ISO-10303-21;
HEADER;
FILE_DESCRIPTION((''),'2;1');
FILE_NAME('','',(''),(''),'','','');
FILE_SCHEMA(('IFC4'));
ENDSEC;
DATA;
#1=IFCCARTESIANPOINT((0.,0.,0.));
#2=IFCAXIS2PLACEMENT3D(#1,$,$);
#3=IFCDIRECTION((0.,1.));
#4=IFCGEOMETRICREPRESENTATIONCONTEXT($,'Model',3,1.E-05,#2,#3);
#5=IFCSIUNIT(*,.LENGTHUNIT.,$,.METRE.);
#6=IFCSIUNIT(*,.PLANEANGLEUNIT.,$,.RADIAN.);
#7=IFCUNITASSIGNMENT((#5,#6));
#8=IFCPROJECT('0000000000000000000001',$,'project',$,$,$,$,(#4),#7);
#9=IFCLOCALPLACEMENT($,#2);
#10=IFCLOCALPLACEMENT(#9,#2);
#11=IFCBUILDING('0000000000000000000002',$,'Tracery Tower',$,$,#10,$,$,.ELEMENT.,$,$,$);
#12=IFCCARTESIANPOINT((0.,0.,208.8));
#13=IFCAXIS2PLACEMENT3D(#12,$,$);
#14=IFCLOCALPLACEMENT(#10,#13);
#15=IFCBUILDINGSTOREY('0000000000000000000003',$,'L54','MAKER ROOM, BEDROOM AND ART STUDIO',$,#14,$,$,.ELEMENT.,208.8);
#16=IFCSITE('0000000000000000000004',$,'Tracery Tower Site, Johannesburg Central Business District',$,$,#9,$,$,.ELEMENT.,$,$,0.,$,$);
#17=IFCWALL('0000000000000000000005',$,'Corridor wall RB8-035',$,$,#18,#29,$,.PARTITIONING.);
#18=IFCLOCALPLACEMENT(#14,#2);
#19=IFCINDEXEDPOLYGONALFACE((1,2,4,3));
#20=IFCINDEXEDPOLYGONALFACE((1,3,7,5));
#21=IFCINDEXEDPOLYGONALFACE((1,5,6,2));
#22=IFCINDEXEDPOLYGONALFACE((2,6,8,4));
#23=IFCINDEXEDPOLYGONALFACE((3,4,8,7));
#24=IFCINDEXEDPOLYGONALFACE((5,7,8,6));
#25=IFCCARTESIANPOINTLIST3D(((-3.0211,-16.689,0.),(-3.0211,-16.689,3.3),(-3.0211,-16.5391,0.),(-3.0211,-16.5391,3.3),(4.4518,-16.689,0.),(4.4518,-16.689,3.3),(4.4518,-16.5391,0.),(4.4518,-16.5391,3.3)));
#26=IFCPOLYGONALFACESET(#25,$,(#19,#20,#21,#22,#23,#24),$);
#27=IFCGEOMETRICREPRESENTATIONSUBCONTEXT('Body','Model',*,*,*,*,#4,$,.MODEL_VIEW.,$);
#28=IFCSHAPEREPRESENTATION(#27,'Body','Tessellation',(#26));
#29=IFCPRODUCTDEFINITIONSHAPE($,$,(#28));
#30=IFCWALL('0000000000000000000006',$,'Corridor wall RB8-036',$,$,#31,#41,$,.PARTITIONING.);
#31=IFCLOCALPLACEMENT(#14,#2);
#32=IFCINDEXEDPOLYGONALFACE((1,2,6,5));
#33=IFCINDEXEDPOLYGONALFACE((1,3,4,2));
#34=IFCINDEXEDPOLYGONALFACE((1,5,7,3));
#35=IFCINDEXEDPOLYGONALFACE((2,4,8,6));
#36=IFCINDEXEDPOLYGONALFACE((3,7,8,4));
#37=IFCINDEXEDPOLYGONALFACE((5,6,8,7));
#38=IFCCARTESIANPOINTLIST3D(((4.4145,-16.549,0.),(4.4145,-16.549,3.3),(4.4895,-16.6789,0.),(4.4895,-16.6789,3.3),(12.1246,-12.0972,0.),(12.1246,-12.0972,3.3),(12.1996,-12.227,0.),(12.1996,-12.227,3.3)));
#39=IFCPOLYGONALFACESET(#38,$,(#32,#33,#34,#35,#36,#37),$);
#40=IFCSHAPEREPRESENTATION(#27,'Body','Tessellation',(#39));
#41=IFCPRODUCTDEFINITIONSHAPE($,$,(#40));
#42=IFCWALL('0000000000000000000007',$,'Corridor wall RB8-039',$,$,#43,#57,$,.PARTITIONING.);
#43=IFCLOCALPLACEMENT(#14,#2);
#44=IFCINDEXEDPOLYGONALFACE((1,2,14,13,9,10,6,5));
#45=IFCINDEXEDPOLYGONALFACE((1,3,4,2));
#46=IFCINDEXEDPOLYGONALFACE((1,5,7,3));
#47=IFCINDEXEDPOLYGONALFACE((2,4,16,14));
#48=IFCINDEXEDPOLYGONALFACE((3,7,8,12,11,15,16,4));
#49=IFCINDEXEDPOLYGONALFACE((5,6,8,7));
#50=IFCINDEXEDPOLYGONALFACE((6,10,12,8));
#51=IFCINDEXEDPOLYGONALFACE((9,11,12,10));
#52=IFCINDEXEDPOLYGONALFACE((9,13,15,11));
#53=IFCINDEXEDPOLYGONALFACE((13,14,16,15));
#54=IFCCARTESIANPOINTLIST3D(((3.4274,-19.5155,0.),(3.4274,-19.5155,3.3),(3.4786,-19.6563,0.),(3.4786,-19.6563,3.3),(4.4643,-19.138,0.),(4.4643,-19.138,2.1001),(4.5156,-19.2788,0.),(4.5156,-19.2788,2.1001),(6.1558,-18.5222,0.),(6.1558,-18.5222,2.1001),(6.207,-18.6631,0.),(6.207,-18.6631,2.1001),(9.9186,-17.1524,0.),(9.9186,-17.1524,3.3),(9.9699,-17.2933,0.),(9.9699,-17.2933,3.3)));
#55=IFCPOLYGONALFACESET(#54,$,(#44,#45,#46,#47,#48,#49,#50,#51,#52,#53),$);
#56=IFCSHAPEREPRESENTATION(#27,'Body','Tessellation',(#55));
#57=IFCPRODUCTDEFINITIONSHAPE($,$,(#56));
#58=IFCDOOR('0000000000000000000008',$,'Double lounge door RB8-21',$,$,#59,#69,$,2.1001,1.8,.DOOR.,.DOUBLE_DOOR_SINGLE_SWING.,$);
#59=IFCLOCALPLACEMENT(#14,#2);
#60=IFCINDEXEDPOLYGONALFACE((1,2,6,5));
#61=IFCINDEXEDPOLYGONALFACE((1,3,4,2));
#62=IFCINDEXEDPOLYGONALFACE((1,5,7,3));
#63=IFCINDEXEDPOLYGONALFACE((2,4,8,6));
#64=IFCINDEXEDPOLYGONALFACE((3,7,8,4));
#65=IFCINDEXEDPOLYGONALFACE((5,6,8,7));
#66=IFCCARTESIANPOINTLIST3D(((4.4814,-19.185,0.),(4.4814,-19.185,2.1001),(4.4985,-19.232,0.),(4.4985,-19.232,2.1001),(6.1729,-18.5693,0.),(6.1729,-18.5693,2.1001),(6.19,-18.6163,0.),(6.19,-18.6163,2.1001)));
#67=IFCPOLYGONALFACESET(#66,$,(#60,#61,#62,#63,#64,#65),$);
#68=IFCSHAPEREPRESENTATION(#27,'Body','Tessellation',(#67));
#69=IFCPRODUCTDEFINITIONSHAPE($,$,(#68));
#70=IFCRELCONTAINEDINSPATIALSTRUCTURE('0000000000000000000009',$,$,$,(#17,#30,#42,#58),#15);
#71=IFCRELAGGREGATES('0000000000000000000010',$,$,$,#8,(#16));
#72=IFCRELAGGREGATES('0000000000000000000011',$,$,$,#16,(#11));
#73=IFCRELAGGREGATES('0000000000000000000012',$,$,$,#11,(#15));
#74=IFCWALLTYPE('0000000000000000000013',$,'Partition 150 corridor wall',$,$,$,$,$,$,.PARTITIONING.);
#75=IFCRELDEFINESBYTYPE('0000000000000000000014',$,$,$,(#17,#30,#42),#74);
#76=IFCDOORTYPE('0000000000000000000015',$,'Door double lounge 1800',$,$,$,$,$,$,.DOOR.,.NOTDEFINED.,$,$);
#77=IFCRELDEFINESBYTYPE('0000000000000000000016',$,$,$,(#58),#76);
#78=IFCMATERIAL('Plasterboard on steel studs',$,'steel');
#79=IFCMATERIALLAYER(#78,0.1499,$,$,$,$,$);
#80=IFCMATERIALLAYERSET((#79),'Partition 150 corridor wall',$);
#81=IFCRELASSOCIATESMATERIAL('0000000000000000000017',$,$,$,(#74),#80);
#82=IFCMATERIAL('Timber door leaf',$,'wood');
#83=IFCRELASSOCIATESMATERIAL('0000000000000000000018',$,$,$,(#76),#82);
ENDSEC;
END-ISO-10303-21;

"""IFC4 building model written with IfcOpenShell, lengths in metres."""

from ifc_helpers import new_model, si_unit, direction, frame, frame_2d, origin, place, context, subcontext, project, spatial, rectangle, extrude, material, layer, layer_set, type_object, element, fill, save


model = new_model("IFC4")

# Units and contexts
model_context = context("Model", 3, precision=1e-05, world=origin(), true_north=direction((0.0, 1.0)))
body_context = subcontext(model_context, "Body", "Model", "MODEL_VIEW")
ifc_project = project(units=[si_unit("LENGTHUNIT", "METRE"), si_unit("PLANEANGLEUNIT", "RADIAN")], contexts=[model_context])

# Site, building, storey
site_placement = place(None, origin())
site = spatial("IfcSite", under=ifc_project, at=site_placement, Name="Tracery Tower Site, Johannesburg Central Business District", CompositionType="ELEMENT", RefElevation=0.0)
building_placement = place(site_placement, origin())
building = spatial("IfcBuilding", under=site, at=building_placement, Name="Tracery Tower", CompositionType="ELEMENT")
storey_placement = place(building_placement, frame((0.0, 0.0, 208.8)))
storey = spatial("IfcBuildingStorey", under=building, at=storey_placement, Name="L54", Description="MAKER ROOM, BEDROOM AND ART STUDIO", CompositionType="ELEMENT", Elevation=208.8)

# Shared definitions
ifc_material_1 = material(Name="Plasterboard on steel studs", Category="steel")
ifc_layer_1 = layer(ifc_material_1, 0.1499)
ifc_layer_set_1 = layer_set([ifc_layer_1], Name="Partition 150 corridor wall")
wall_type_1 = type_object("IfcWallType", Name="Partition 150 corridor wall", PredefinedType="PARTITIONING", material=ifc_layer_set_1)

# Walls
wall_1_placement = place(storey_placement, frame((-3.021, -16.614, 0.0), z_axis=(0.0, 0.0, 1.0), x_axis=(1.0, 0.0, 0.0)))
element("IfcWall", 1, at=wall_1_placement, inside=storey, type_object=wall_type_1, Name="Corridor wall RB8-035", PredefinedType="PARTITIONING", context=body_context, shape_type="SweptSolid", body=[
    extrude(rectangle(XDim=7.4729, YDim=0.1499, at=frame_2d((3.7363, 0.0))), origin(), (0.0, 0.0, 1.0), 3.3),
])
wall_2_placement = place(storey_placement, frame((4.4519, -16.614, 0.0), z_axis=(0.0, 0.0, 1.0), x_axis=(0.866005, 0.500035, 0.0)))
element("IfcWall", 2, at=wall_2_placement, inside=storey, type_object=wall_type_1, Name="Corridor wall RB8-036", PredefinedType="PARTITIONING", context=body_context, shape_type="SweptSolid", body=[
    extrude(rectangle(XDim=8.9031, YDim=0.1499, at=frame_2d((4.4517, 0.0))), origin(), (0.0, 0.0, 1.0), 3.3),
])

# Wall, opening, door
wall_3_placement = place(storey_placement, frame((3.4529, -19.5859, 0.0), z_axis=(0.0, 0.0, 1.0), x_axis=(0.939673, 0.342075, 0.0)))
wall_3 = element("IfcWall", 3, at=wall_3_placement, inside=storey, type_object=wall_type_1, Name="Corridor wall RB8-039", PredefinedType="PARTITIONING", context=body_context, shape_type="SweptSolid", body=[
    extrude(rectangle(XDim=6.908, YDim=0.1499, at=frame_2d((3.4541, 0.0))), origin(), (0.0, 0.0, 1.0), 3.3),
])
opening_1_placement = place(wall_3_placement, frame((1.1038, 0.0, 0.0)))
opening_1 = element("IfcOpeningElement", 4, at=opening_1_placement, cuts=wall_3, PredefinedType="OPENING", context=body_context, shape_type="SweptSolid", body=[
    extrude(rectangle(XDim=1.8, YDim=2.1001, at=frame_2d((0.8999, 1.05))), frame((0.0, 0.075, 0.0), z_axis=(0.0, -1.0, 0.0), x_axis=(1.0, 0.0, 0.0)), (0.0, 0.0, 1.0), 0.1499),
])
ifc_material_2 = material(Name="Timber door leaf", Category="wood")
door_type_1 = type_object("IfcDoorType", Name="Door double lounge 1800", OperationType="NOTDEFINED", PredefinedType="DOOR", material=ifc_material_2)
door_1_placement = place(opening_1_placement, origin())
door_1 = element("IfcDoor", 5, at=door_1_placement, inside=storey, type_object=door_type_1, Name="Double lounge door RB8-21", OperationType="DOUBLE_DOOR_SINGLE_SWING", OverallHeight=2.1001, OverallWidth=1.8, PredefinedType="DOOR", context=body_context, shape_type="SweptSolid", body=[
    extrude(rectangle(XDim=1.8, YDim=2.1001, at=frame_2d((0.8999, 1.05))), frame((0.0, 0.0249, 0.0), z_axis=(0.0, -1.0, 0.0), x_axis=(1.0, 0.0, 0.0)), (0.0, 0.0, 1.0), 0.05),
])
fill(opening_1, door_1)

save(model, "model.ifc")
